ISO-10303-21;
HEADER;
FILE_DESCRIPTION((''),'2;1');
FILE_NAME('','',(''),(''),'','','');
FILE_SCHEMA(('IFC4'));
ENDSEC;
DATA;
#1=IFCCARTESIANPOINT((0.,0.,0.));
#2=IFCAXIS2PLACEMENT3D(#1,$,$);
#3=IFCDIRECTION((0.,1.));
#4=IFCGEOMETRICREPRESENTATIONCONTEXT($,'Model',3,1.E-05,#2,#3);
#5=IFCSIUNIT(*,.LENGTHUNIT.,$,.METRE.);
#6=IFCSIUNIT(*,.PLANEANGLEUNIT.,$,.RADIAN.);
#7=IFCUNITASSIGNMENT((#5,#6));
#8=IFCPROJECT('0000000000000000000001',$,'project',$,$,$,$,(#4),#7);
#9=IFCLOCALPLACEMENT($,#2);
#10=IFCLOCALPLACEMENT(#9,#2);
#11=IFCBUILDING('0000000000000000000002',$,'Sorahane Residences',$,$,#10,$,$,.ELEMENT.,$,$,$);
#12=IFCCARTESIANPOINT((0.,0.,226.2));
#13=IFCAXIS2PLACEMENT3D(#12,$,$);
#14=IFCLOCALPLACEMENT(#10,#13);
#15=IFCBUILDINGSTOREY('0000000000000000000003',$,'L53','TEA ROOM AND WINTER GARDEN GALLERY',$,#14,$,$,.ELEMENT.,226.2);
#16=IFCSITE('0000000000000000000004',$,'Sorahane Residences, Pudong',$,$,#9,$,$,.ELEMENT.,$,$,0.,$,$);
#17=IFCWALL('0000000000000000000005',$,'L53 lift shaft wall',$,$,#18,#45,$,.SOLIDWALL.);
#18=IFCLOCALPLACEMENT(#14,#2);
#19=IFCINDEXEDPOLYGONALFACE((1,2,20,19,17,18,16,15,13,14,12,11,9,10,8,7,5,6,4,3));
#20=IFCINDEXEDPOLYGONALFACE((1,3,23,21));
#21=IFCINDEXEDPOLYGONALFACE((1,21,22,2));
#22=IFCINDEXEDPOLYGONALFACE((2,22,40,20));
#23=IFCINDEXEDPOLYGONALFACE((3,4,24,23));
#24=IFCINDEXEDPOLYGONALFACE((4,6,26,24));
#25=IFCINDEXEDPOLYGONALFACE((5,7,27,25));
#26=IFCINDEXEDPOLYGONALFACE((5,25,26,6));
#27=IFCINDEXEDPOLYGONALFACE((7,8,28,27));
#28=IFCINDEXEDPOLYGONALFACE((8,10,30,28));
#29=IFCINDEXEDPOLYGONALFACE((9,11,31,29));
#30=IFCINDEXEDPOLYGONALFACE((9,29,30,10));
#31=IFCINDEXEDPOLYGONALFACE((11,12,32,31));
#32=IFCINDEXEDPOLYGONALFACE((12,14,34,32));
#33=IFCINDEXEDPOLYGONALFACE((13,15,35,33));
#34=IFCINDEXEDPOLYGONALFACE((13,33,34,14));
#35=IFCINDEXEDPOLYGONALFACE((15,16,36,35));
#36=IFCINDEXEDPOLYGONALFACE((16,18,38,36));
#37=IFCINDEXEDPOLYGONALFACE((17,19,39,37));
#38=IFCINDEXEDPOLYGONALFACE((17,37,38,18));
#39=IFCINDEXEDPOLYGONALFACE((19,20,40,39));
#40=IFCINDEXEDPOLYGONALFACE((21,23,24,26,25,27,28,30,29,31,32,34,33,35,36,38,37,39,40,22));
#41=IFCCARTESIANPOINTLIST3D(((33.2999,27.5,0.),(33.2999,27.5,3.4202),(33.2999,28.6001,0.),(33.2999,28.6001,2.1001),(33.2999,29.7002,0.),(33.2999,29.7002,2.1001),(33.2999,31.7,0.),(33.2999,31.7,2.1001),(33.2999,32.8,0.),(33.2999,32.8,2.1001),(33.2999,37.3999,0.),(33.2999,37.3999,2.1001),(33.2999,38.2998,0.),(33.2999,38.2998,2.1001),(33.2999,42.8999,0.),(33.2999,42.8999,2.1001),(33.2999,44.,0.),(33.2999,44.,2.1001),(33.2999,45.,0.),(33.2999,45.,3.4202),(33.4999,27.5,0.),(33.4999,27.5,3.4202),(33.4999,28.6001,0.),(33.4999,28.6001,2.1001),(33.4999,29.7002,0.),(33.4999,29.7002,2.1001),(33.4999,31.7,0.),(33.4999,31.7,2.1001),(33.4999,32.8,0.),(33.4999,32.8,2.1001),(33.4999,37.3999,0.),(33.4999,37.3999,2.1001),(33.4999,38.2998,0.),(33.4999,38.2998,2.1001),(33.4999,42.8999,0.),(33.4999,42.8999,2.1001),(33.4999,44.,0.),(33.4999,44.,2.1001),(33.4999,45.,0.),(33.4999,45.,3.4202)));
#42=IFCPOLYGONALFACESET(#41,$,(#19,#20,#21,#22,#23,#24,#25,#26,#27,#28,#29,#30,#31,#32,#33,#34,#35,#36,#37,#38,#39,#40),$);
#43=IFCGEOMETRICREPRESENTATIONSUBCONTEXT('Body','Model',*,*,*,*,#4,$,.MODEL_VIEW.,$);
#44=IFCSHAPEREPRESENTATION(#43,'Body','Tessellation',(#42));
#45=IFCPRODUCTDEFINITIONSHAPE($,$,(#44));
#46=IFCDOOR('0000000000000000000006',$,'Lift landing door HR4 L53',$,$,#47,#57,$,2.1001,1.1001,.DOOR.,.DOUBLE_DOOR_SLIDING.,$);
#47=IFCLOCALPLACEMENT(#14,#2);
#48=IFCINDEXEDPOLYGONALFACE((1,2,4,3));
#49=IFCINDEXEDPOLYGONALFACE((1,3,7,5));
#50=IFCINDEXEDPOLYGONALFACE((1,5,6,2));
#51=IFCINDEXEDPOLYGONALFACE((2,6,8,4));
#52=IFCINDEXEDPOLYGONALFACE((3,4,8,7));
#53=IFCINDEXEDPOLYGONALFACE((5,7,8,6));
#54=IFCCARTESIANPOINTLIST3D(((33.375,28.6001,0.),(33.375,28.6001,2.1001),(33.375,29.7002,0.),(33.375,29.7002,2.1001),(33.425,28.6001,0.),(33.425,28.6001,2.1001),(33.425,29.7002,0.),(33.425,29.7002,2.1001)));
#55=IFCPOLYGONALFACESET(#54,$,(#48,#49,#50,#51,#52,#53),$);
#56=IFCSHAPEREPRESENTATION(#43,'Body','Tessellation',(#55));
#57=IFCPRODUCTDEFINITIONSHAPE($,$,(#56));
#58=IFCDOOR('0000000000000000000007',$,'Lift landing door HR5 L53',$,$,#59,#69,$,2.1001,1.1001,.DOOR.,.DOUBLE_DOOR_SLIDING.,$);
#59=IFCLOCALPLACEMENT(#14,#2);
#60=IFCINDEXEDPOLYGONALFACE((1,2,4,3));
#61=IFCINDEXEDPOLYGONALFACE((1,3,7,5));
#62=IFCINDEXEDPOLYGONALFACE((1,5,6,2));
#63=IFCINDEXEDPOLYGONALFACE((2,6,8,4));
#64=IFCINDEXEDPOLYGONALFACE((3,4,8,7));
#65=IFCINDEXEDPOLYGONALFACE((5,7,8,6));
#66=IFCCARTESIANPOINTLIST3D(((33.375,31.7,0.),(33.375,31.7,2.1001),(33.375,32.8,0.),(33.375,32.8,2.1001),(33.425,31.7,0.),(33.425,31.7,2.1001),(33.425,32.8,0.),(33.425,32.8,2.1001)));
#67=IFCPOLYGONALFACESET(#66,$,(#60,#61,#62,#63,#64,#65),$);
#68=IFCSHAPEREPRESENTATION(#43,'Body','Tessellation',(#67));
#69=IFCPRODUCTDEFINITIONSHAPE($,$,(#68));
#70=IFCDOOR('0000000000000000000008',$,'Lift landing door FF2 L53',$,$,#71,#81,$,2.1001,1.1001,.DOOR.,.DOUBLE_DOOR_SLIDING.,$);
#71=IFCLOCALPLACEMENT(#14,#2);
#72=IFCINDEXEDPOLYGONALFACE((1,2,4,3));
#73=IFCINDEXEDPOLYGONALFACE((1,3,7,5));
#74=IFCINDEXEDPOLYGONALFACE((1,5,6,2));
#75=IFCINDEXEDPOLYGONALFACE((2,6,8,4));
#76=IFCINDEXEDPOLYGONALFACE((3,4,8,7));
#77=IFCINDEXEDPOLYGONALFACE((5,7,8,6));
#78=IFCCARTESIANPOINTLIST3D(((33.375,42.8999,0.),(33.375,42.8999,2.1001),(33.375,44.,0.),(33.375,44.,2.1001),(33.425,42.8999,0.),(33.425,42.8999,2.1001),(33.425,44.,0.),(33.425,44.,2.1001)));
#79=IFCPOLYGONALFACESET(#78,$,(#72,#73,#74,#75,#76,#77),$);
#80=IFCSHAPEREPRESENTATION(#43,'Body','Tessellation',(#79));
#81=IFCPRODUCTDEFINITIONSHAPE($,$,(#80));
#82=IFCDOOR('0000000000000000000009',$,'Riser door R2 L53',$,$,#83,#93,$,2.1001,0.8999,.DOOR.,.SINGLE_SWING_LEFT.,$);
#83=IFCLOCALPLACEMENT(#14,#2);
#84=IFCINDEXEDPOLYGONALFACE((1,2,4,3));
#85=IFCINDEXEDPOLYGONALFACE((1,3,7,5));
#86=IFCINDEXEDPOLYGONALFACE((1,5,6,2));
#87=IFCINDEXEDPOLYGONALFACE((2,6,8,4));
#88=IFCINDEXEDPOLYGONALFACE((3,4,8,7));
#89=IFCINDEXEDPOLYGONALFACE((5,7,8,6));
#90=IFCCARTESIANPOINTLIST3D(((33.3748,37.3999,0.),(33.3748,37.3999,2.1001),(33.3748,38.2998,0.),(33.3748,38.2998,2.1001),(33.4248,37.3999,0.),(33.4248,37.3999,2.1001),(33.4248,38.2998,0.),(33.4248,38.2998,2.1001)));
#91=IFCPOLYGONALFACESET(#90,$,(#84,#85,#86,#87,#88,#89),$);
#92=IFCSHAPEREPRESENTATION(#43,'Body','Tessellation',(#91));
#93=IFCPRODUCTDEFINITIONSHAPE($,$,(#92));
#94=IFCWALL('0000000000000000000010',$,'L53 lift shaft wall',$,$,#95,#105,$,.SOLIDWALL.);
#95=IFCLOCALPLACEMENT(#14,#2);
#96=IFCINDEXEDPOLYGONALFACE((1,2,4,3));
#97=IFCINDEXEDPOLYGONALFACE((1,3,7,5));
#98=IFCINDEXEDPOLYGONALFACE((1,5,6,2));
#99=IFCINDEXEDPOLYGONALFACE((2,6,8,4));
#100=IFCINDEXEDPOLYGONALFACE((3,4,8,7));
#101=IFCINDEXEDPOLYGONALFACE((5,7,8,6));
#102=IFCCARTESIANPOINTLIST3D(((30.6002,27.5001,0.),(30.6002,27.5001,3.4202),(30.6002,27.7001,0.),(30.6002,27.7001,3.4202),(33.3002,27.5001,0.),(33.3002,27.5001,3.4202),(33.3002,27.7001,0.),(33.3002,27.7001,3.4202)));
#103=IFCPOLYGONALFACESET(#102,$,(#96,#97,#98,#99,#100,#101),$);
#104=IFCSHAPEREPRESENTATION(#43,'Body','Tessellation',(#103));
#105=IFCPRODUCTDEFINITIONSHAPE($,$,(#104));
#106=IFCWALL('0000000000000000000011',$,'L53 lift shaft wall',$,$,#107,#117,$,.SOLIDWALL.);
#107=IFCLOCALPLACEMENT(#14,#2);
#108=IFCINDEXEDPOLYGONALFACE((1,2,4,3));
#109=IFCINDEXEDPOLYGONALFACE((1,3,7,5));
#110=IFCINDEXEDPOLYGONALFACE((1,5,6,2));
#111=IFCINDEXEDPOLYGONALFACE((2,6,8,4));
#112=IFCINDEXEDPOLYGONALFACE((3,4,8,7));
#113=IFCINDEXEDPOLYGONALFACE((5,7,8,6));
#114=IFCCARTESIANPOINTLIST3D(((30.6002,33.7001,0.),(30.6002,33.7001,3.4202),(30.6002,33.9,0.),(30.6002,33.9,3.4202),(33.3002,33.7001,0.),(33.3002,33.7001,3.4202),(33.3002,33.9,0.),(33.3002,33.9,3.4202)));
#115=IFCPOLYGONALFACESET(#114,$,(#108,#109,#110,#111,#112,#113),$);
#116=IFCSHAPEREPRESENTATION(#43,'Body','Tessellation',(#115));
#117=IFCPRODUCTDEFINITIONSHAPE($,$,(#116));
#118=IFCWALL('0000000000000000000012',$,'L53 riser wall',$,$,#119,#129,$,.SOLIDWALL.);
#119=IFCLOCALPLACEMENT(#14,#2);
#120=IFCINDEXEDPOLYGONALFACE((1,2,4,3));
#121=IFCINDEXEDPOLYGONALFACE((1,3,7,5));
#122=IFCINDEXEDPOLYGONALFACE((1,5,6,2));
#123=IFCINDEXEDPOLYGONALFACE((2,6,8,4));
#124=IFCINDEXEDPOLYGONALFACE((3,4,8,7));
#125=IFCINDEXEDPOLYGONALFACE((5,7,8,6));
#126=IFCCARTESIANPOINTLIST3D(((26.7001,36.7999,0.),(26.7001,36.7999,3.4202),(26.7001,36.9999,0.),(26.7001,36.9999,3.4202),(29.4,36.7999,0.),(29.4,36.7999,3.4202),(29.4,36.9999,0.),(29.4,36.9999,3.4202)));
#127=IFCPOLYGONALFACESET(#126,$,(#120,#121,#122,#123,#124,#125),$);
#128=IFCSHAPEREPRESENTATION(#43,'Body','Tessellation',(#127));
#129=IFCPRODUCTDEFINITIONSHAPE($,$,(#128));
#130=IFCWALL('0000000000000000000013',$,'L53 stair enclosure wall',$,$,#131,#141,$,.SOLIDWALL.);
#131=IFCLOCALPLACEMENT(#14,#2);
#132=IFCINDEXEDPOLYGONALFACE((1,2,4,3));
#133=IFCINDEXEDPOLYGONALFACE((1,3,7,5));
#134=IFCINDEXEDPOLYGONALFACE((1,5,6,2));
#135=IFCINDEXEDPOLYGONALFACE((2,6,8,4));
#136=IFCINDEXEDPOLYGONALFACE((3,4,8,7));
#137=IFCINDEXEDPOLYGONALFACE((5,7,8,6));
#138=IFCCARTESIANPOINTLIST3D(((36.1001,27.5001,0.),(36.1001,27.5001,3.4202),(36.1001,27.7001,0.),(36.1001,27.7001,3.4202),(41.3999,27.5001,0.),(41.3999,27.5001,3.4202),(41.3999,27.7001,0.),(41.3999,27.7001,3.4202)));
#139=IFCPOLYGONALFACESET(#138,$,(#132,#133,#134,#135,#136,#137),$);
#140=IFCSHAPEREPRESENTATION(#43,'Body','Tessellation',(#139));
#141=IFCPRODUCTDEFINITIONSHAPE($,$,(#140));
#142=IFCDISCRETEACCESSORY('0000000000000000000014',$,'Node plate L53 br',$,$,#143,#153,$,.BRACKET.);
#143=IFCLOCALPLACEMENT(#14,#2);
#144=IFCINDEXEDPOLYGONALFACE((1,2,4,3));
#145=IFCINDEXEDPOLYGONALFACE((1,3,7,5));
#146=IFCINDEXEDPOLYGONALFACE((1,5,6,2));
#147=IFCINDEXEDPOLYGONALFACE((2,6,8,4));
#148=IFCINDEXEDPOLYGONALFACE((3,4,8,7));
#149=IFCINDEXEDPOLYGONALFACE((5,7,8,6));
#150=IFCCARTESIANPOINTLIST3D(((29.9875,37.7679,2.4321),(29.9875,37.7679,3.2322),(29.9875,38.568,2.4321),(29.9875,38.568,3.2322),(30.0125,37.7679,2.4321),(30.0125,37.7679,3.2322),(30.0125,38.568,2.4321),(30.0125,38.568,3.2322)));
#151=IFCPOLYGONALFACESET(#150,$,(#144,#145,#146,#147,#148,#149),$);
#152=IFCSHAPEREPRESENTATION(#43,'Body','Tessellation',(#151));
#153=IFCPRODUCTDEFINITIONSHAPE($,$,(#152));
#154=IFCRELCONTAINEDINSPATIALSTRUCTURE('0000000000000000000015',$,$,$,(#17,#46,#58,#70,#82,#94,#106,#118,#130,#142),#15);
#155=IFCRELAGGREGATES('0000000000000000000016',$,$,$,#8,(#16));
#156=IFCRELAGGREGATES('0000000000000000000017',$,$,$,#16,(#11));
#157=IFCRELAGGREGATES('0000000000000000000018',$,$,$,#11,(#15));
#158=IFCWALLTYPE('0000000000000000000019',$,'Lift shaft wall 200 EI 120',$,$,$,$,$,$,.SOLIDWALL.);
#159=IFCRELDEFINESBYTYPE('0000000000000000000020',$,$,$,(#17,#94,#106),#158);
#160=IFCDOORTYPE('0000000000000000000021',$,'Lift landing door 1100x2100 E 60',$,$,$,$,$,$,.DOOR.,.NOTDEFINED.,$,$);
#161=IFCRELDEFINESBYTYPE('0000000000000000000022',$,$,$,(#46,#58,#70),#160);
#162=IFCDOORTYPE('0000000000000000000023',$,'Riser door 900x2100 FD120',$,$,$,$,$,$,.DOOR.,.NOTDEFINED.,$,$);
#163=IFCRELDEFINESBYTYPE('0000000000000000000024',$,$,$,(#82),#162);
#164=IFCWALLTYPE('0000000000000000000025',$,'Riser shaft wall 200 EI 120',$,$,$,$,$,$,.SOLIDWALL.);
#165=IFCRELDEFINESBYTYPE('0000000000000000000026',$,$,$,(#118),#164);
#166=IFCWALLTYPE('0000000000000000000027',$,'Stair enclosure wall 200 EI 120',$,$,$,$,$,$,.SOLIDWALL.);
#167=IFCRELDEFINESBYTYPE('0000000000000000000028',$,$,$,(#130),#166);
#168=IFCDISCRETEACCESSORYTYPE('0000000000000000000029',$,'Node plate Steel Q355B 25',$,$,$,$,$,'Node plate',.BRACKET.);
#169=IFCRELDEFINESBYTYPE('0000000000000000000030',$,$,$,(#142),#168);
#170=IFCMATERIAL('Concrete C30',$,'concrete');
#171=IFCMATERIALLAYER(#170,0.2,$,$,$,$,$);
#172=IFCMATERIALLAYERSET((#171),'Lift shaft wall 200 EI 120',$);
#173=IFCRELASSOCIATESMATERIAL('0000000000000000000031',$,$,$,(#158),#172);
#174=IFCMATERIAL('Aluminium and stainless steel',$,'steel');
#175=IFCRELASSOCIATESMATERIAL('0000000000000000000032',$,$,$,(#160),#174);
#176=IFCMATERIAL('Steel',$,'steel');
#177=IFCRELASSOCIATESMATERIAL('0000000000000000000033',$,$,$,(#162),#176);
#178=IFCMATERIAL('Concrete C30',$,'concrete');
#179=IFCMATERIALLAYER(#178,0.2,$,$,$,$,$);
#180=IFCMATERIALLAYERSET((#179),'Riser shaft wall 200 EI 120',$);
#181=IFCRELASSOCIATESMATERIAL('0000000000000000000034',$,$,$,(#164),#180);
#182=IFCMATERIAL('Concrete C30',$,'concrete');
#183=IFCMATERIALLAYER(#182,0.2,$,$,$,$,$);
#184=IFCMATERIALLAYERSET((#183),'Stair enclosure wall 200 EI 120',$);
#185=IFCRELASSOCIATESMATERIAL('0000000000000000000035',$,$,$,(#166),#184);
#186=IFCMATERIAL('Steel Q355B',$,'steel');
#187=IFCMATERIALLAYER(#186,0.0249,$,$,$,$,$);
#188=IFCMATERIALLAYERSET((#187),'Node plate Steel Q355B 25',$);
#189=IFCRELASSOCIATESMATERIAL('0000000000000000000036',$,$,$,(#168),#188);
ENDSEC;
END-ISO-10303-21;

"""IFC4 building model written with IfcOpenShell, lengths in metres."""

from ifc_helpers import new_model, si_unit, direction, frame, frame_2d, origin, origin_2d, place, context, subcontext, project, spatial, rectangle, extrude, material, layer, layer_set, type_object, element, fill, save


model = new_model("IFC4")

# Units and contexts
model_context = context("Model", 3, precision=1e-05, world=origin(), true_north=direction((0.0, 1.0)))
body_context = subcontext(model_context, "Body", "Model", "MODEL_VIEW")
ifc_project = project(units=[si_unit("LENGTHUNIT", "METRE"), si_unit("PLANEANGLEUNIT", "RADIAN")], contexts=[model_context])

# Site, building, storey
site_placement = place(None, origin())
site = spatial("IfcSite", under=ifc_project, at=site_placement, Name="Sorahane Residences, Pudong", CompositionType="ELEMENT", RefElevation=0.0)
building_placement = place(site_placement, origin())
building = spatial("IfcBuilding", under=site, at=building_placement, Name="Sorahane Residences", CompositionType="ELEMENT")
storey_placement = place(building_placement, frame((0.0, 0.0, 226.2)))
storey = spatial("IfcBuildingStorey", under=building, at=storey_placement, Name="L53", Description="TEA ROOM AND WINTER GARDEN GALLERY", CompositionType="ELEMENT", Elevation=226.2)

# Wall, openings, doors
ifc_material_1 = material(Name="Concrete C30", Category="concrete")
ifc_layer_1 = layer(ifc_material_1, 0.2)
ifc_layer_set_1 = layer_set([ifc_layer_1], Name="Lift shaft wall 200 EI 120")
wall_type_1 = type_object("IfcWallType", Name="Lift shaft wall 200 EI 120", PredefinedType="SOLIDWALL", material=ifc_layer_set_1)
wall_1_placement = place(storey_placement, frame((33.3999, 27.5, 0.0), z_axis=(0.0, 0.0, 1.0), x_axis=(0.0, 1.0, 0.0)))
wall_1 = element("IfcWall", 1, at=wall_1_placement, inside=storey, type_object=wall_type_1, Name="L53 lift shaft wall", PredefinedType="SOLIDWALL", context=body_context, shape_type="SweptSolid", body=[
    extrude(rectangle(XDim=17.5, YDim=0.2, at=frame_2d((8.75, 0.0))), origin(), (0.0, 0.0, 1.0), 3.4202),
])
opening_1_placement = place(wall_1_placement, frame((1.1001, 0.0, 0.0)))
opening_1 = element("IfcOpeningElement", 2, at=opening_1_placement, cuts=wall_1, PredefinedType="OPENING", context=body_context, shape_type="SweptSolid", body=[
    extrude(rectangle(XDim=1.1001, YDim=2.1001, at=frame_2d((0.55, 1.05))), frame((0.0, 0.1099, 0.0), z_axis=(0.0, -1.0, 0.0), x_axis=(1.0, 0.0, 0.0)), (0.0, 0.0, 1.0), 0.22),
])
opening_2_placement = place(wall_1_placement, frame((4.2, 0.0, 0.0)))
opening_2 = element("IfcOpeningElement", 3, at=opening_2_placement, cuts=wall_1, PredefinedType="OPENING", context=body_context, shape_type="SweptSolid", body=[
    extrude(rectangle(XDim=1.1001, YDim=2.1001, at=frame_2d((0.55, 1.05))), frame((0.0, 0.1099, 0.0), z_axis=(0.0, -1.0, 0.0), x_axis=(1.0, 0.0, 0.0)), (0.0, 0.0, 1.0), 0.22),
])
opening_3_placement = place(wall_1_placement, frame((15.3999, 0.0, 0.0)))
opening_3 = element("IfcOpeningElement", 4, at=opening_3_placement, cuts=wall_1, PredefinedType="OPENING", context=body_context, shape_type="SweptSolid", body=[
    extrude(rectangle(XDim=1.1001, YDim=2.1001, at=frame_2d((0.55, 1.05))), frame((0.0, 0.1099, 0.0), z_axis=(0.0, -1.0, 0.0), x_axis=(1.0, 0.0, 0.0)), (0.0, 0.0, 1.0), 0.22),
])
opening_4_placement = place(wall_1_placement, frame((9.8999, 0.0, 0.0)))
opening_4 = element("IfcOpeningElement", 5, at=opening_4_placement, cuts=wall_1, PredefinedType="OPENING", context=body_context, shape_type="SweptSolid", body=[
    extrude(rectangle(XDim=0.8999, YDim=2.1001, at=frame_2d((0.45, 1.05))), frame((0.0, 0.1099, 0.0), z_axis=(0.0, -1.0, 0.0), x_axis=(1.0, 0.0, 0.0)), (0.0, 0.0, 1.0), 0.22),
])
ifc_material_2 = material(Name="Aluminium and stainless steel", Category="steel")
door_type_1 = type_object("IfcDoorType", Name="Lift landing door 1100x2100 E 60", OperationType="NOTDEFINED", PredefinedType="DOOR", material=ifc_material_2)
door_1_placement = place(opening_1_placement, origin())
door_1 = element("IfcDoor", 6, at=door_1_placement, inside=storey, type_object=door_type_1, Name="Lift landing door HR4 L53", OperationType="DOUBLE_DOOR_SLIDING", OverallHeight=2.1001, OverallWidth=1.1001, PredefinedType="DOOR", context=body_context, shape_type="SweptSolid", body=[
    extrude(rectangle(XDim=1.1001, YDim=2.1001, at=frame_2d((0.55, 1.05))), frame((0.0, 0.0249, 0.0), z_axis=(0.0, -1.0, 0.0), x_axis=(1.0, 0.0, 0.0)), (0.0, 0.0, 1.0), 0.05),
])
fill(opening_1, door_1)
door_2_placement = place(opening_2_placement, origin())
door_2 = element("IfcDoor", 7, at=door_2_placement, inside=storey, type_object=door_type_1, Name="Lift landing door HR5 L53", OperationType="DOUBLE_DOOR_SLIDING", OverallHeight=2.1001, OverallWidth=1.1001, PredefinedType="DOOR", context=body_context, shape_type="SweptSolid", body=[
    extrude(rectangle(XDim=1.1001, YDim=2.1001, at=frame_2d((0.55, 1.05))), frame((0.0, 0.0249, 0.0), z_axis=(0.0, -1.0, 0.0), x_axis=(1.0, 0.0, 0.0)), (0.0, 0.0, 1.0), 0.05),
])
fill(opening_2, door_2)
door_3_placement = place(opening_3_placement, origin())
door_3 = element("IfcDoor", 8, at=door_3_placement, inside=storey, type_object=door_type_1, Name="Lift landing door FF2 L53", OperationType="DOUBLE_DOOR_SLIDING", OverallHeight=2.1001, OverallWidth=1.1001, PredefinedType="DOOR", context=body_context, shape_type="SweptSolid", body=[
    extrude(rectangle(XDim=1.1001, YDim=2.1001, at=frame_2d((0.55, 1.05))), frame((0.0, 0.0249, 0.0), z_axis=(0.0, -1.0, 0.0), x_axis=(1.0, 0.0, 0.0)), (0.0, 0.0, 1.0), 0.05),
])
fill(opening_3, door_3)
ifc_material_3 = material(Name="Steel", Category="steel")
door_type_2 = type_object("IfcDoorType", Name="Riser door 900x2100 FD120", OperationType="NOTDEFINED", PredefinedType="DOOR", material=ifc_material_3)
door_4_placement = place(opening_4_placement, frame((0.8999, 0.0, 0.0), z_axis=(0.0, 0.0, 1.0), x_axis=(-1.0, 0.0, 0.0)))
door_4 = element("IfcDoor", 9, at=door_4_placement, inside=storey, type_object=door_type_2, Name="Riser door R2 L53", OperationType="SINGLE_SWING_LEFT", OverallHeight=2.1001, OverallWidth=0.8999, PredefinedType="DOOR", context=body_context, shape_type="SweptSolid", body=[
    extrude(rectangle(XDim=0.8999, YDim=2.1001, at=frame_2d((0.45, 1.05))), frame((0.0, 0.0249, 0.0), z_axis=(0.0, -1.0, 0.0), x_axis=(1.0, 0.0, 0.0)), (0.0, 0.0, 1.0), 0.05),
])
fill(opening_4, door_4)

# Walls
for number, where, z_axis, x_axis, name in (
    (10, (30.6001, 27.6001, 0.0), (0.0, 0.0, 1.0), (1.0, 0.0, 0.0), "L53 lift shaft wall"),
    (11, (30.6001, 33.8, 0.0), (0.0, 0.0, 1.0), (1.0, 0.0, 0.0), "L53 lift shaft wall"),
):
    element("IfcWall", number, at=place(storey_placement, frame(where, z_axis=z_axis, x_axis=x_axis)), inside=storey, type_object=wall_type_1, Name=name, PredefinedType="SOLIDWALL", context=body_context, shape_type="SweptSolid", body=[
        extrude(rectangle(XDim=2.7, YDim=0.2, at=frame_2d((1.3501, 0.0))), origin(), (0.0, 0.0, 1.0), 3.4202),
    ])
ifc_material_4 = material(Name="Concrete C30", Category="concrete")
ifc_layer_2 = layer(ifc_material_4, 0.2)
ifc_layer_set_2 = layer_set([ifc_layer_2], Name="Riser shaft wall 200 EI 120")
wall_type_2 = type_object("IfcWallType", Name="Riser shaft wall 200 EI 120", PredefinedType="SOLIDWALL", material=ifc_layer_set_2)
wall_2_placement = place(storey_placement, frame((26.7, 36.8999, 0.0), z_axis=(0.0, 0.0, 1.0), x_axis=(1.0, 0.0, 0.0)))
element("IfcWall", 12, at=wall_2_placement, inside=storey, type_object=wall_type_2, Name="L53 riser wall", PredefinedType="SOLIDWALL", context=body_context, shape_type="SweptSolid", body=[
    extrude(rectangle(XDim=2.7, YDim=0.2, at=frame_2d((1.3501, 0.0))), origin(), (0.0, 0.0, 1.0), 3.4202),
])
ifc_material_5 = material(Name="Concrete C30", Category="concrete")
ifc_layer_3 = layer(ifc_material_5, 0.2)
ifc_layer_set_3 = layer_set([ifc_layer_3], Name="Stair enclosure wall 200 EI 120")
wall_type_3 = type_object("IfcWallType", Name="Stair enclosure wall 200 EI 120", PredefinedType="SOLIDWALL", material=ifc_layer_set_3)
wall_3_placement = place(storey_placement, frame((36.1001, 27.6001, 0.0), z_axis=(0.0, 0.0, 1.0), x_axis=(1.0, 0.0, 0.0)))
element("IfcWall", 13, at=wall_3_placement, inside=storey, type_object=wall_type_3, Name="L53 stair enclosure wall", PredefinedType="SOLIDWALL", context=body_context, shape_type="SweptSolid", body=[
    extrude(rectangle(XDim=5.2998, YDim=0.2, at=frame_2d((2.6499, 0.0))), origin(), (0.0, 0.0, 1.0), 3.4202),
])

# Discrete accessory
ifc_material_6 = material(Name="Steel Q355B", Category="steel")
ifc_layer_4 = layer(ifc_material_6, 0.0249)
ifc_layer_set_4 = layer_set([ifc_layer_4], Name="Node plate Steel Q355B 25")
discrete_accessory_type = type_object("IfcDiscreteAccessoryType", Name="Node plate Steel Q355B 25", ElementType="Node plate", PredefinedType="BRACKET", material=ifc_layer_set_4)
discrete_accessory_placement = place(storey_placement, frame((30.0, 38.168, 2.4321), z_axis=(0.0, 0.0, 1.0), x_axis=(0.0, 1.0, 0.0)))
element("IfcDiscreteAccessory", 14, at=discrete_accessory_placement, inside=storey, type_object=discrete_accessory_type, Name="Node plate L53 br", PredefinedType="BRACKET", context=body_context, shape_type="SweptSolid", body=[
    extrude(rectangle(XDim=0.8, YDim=0.0249, at=origin_2d()), origin(), (0.0, 0.0, 1.0), 0.8),
])

save(model, "model.ifc")
